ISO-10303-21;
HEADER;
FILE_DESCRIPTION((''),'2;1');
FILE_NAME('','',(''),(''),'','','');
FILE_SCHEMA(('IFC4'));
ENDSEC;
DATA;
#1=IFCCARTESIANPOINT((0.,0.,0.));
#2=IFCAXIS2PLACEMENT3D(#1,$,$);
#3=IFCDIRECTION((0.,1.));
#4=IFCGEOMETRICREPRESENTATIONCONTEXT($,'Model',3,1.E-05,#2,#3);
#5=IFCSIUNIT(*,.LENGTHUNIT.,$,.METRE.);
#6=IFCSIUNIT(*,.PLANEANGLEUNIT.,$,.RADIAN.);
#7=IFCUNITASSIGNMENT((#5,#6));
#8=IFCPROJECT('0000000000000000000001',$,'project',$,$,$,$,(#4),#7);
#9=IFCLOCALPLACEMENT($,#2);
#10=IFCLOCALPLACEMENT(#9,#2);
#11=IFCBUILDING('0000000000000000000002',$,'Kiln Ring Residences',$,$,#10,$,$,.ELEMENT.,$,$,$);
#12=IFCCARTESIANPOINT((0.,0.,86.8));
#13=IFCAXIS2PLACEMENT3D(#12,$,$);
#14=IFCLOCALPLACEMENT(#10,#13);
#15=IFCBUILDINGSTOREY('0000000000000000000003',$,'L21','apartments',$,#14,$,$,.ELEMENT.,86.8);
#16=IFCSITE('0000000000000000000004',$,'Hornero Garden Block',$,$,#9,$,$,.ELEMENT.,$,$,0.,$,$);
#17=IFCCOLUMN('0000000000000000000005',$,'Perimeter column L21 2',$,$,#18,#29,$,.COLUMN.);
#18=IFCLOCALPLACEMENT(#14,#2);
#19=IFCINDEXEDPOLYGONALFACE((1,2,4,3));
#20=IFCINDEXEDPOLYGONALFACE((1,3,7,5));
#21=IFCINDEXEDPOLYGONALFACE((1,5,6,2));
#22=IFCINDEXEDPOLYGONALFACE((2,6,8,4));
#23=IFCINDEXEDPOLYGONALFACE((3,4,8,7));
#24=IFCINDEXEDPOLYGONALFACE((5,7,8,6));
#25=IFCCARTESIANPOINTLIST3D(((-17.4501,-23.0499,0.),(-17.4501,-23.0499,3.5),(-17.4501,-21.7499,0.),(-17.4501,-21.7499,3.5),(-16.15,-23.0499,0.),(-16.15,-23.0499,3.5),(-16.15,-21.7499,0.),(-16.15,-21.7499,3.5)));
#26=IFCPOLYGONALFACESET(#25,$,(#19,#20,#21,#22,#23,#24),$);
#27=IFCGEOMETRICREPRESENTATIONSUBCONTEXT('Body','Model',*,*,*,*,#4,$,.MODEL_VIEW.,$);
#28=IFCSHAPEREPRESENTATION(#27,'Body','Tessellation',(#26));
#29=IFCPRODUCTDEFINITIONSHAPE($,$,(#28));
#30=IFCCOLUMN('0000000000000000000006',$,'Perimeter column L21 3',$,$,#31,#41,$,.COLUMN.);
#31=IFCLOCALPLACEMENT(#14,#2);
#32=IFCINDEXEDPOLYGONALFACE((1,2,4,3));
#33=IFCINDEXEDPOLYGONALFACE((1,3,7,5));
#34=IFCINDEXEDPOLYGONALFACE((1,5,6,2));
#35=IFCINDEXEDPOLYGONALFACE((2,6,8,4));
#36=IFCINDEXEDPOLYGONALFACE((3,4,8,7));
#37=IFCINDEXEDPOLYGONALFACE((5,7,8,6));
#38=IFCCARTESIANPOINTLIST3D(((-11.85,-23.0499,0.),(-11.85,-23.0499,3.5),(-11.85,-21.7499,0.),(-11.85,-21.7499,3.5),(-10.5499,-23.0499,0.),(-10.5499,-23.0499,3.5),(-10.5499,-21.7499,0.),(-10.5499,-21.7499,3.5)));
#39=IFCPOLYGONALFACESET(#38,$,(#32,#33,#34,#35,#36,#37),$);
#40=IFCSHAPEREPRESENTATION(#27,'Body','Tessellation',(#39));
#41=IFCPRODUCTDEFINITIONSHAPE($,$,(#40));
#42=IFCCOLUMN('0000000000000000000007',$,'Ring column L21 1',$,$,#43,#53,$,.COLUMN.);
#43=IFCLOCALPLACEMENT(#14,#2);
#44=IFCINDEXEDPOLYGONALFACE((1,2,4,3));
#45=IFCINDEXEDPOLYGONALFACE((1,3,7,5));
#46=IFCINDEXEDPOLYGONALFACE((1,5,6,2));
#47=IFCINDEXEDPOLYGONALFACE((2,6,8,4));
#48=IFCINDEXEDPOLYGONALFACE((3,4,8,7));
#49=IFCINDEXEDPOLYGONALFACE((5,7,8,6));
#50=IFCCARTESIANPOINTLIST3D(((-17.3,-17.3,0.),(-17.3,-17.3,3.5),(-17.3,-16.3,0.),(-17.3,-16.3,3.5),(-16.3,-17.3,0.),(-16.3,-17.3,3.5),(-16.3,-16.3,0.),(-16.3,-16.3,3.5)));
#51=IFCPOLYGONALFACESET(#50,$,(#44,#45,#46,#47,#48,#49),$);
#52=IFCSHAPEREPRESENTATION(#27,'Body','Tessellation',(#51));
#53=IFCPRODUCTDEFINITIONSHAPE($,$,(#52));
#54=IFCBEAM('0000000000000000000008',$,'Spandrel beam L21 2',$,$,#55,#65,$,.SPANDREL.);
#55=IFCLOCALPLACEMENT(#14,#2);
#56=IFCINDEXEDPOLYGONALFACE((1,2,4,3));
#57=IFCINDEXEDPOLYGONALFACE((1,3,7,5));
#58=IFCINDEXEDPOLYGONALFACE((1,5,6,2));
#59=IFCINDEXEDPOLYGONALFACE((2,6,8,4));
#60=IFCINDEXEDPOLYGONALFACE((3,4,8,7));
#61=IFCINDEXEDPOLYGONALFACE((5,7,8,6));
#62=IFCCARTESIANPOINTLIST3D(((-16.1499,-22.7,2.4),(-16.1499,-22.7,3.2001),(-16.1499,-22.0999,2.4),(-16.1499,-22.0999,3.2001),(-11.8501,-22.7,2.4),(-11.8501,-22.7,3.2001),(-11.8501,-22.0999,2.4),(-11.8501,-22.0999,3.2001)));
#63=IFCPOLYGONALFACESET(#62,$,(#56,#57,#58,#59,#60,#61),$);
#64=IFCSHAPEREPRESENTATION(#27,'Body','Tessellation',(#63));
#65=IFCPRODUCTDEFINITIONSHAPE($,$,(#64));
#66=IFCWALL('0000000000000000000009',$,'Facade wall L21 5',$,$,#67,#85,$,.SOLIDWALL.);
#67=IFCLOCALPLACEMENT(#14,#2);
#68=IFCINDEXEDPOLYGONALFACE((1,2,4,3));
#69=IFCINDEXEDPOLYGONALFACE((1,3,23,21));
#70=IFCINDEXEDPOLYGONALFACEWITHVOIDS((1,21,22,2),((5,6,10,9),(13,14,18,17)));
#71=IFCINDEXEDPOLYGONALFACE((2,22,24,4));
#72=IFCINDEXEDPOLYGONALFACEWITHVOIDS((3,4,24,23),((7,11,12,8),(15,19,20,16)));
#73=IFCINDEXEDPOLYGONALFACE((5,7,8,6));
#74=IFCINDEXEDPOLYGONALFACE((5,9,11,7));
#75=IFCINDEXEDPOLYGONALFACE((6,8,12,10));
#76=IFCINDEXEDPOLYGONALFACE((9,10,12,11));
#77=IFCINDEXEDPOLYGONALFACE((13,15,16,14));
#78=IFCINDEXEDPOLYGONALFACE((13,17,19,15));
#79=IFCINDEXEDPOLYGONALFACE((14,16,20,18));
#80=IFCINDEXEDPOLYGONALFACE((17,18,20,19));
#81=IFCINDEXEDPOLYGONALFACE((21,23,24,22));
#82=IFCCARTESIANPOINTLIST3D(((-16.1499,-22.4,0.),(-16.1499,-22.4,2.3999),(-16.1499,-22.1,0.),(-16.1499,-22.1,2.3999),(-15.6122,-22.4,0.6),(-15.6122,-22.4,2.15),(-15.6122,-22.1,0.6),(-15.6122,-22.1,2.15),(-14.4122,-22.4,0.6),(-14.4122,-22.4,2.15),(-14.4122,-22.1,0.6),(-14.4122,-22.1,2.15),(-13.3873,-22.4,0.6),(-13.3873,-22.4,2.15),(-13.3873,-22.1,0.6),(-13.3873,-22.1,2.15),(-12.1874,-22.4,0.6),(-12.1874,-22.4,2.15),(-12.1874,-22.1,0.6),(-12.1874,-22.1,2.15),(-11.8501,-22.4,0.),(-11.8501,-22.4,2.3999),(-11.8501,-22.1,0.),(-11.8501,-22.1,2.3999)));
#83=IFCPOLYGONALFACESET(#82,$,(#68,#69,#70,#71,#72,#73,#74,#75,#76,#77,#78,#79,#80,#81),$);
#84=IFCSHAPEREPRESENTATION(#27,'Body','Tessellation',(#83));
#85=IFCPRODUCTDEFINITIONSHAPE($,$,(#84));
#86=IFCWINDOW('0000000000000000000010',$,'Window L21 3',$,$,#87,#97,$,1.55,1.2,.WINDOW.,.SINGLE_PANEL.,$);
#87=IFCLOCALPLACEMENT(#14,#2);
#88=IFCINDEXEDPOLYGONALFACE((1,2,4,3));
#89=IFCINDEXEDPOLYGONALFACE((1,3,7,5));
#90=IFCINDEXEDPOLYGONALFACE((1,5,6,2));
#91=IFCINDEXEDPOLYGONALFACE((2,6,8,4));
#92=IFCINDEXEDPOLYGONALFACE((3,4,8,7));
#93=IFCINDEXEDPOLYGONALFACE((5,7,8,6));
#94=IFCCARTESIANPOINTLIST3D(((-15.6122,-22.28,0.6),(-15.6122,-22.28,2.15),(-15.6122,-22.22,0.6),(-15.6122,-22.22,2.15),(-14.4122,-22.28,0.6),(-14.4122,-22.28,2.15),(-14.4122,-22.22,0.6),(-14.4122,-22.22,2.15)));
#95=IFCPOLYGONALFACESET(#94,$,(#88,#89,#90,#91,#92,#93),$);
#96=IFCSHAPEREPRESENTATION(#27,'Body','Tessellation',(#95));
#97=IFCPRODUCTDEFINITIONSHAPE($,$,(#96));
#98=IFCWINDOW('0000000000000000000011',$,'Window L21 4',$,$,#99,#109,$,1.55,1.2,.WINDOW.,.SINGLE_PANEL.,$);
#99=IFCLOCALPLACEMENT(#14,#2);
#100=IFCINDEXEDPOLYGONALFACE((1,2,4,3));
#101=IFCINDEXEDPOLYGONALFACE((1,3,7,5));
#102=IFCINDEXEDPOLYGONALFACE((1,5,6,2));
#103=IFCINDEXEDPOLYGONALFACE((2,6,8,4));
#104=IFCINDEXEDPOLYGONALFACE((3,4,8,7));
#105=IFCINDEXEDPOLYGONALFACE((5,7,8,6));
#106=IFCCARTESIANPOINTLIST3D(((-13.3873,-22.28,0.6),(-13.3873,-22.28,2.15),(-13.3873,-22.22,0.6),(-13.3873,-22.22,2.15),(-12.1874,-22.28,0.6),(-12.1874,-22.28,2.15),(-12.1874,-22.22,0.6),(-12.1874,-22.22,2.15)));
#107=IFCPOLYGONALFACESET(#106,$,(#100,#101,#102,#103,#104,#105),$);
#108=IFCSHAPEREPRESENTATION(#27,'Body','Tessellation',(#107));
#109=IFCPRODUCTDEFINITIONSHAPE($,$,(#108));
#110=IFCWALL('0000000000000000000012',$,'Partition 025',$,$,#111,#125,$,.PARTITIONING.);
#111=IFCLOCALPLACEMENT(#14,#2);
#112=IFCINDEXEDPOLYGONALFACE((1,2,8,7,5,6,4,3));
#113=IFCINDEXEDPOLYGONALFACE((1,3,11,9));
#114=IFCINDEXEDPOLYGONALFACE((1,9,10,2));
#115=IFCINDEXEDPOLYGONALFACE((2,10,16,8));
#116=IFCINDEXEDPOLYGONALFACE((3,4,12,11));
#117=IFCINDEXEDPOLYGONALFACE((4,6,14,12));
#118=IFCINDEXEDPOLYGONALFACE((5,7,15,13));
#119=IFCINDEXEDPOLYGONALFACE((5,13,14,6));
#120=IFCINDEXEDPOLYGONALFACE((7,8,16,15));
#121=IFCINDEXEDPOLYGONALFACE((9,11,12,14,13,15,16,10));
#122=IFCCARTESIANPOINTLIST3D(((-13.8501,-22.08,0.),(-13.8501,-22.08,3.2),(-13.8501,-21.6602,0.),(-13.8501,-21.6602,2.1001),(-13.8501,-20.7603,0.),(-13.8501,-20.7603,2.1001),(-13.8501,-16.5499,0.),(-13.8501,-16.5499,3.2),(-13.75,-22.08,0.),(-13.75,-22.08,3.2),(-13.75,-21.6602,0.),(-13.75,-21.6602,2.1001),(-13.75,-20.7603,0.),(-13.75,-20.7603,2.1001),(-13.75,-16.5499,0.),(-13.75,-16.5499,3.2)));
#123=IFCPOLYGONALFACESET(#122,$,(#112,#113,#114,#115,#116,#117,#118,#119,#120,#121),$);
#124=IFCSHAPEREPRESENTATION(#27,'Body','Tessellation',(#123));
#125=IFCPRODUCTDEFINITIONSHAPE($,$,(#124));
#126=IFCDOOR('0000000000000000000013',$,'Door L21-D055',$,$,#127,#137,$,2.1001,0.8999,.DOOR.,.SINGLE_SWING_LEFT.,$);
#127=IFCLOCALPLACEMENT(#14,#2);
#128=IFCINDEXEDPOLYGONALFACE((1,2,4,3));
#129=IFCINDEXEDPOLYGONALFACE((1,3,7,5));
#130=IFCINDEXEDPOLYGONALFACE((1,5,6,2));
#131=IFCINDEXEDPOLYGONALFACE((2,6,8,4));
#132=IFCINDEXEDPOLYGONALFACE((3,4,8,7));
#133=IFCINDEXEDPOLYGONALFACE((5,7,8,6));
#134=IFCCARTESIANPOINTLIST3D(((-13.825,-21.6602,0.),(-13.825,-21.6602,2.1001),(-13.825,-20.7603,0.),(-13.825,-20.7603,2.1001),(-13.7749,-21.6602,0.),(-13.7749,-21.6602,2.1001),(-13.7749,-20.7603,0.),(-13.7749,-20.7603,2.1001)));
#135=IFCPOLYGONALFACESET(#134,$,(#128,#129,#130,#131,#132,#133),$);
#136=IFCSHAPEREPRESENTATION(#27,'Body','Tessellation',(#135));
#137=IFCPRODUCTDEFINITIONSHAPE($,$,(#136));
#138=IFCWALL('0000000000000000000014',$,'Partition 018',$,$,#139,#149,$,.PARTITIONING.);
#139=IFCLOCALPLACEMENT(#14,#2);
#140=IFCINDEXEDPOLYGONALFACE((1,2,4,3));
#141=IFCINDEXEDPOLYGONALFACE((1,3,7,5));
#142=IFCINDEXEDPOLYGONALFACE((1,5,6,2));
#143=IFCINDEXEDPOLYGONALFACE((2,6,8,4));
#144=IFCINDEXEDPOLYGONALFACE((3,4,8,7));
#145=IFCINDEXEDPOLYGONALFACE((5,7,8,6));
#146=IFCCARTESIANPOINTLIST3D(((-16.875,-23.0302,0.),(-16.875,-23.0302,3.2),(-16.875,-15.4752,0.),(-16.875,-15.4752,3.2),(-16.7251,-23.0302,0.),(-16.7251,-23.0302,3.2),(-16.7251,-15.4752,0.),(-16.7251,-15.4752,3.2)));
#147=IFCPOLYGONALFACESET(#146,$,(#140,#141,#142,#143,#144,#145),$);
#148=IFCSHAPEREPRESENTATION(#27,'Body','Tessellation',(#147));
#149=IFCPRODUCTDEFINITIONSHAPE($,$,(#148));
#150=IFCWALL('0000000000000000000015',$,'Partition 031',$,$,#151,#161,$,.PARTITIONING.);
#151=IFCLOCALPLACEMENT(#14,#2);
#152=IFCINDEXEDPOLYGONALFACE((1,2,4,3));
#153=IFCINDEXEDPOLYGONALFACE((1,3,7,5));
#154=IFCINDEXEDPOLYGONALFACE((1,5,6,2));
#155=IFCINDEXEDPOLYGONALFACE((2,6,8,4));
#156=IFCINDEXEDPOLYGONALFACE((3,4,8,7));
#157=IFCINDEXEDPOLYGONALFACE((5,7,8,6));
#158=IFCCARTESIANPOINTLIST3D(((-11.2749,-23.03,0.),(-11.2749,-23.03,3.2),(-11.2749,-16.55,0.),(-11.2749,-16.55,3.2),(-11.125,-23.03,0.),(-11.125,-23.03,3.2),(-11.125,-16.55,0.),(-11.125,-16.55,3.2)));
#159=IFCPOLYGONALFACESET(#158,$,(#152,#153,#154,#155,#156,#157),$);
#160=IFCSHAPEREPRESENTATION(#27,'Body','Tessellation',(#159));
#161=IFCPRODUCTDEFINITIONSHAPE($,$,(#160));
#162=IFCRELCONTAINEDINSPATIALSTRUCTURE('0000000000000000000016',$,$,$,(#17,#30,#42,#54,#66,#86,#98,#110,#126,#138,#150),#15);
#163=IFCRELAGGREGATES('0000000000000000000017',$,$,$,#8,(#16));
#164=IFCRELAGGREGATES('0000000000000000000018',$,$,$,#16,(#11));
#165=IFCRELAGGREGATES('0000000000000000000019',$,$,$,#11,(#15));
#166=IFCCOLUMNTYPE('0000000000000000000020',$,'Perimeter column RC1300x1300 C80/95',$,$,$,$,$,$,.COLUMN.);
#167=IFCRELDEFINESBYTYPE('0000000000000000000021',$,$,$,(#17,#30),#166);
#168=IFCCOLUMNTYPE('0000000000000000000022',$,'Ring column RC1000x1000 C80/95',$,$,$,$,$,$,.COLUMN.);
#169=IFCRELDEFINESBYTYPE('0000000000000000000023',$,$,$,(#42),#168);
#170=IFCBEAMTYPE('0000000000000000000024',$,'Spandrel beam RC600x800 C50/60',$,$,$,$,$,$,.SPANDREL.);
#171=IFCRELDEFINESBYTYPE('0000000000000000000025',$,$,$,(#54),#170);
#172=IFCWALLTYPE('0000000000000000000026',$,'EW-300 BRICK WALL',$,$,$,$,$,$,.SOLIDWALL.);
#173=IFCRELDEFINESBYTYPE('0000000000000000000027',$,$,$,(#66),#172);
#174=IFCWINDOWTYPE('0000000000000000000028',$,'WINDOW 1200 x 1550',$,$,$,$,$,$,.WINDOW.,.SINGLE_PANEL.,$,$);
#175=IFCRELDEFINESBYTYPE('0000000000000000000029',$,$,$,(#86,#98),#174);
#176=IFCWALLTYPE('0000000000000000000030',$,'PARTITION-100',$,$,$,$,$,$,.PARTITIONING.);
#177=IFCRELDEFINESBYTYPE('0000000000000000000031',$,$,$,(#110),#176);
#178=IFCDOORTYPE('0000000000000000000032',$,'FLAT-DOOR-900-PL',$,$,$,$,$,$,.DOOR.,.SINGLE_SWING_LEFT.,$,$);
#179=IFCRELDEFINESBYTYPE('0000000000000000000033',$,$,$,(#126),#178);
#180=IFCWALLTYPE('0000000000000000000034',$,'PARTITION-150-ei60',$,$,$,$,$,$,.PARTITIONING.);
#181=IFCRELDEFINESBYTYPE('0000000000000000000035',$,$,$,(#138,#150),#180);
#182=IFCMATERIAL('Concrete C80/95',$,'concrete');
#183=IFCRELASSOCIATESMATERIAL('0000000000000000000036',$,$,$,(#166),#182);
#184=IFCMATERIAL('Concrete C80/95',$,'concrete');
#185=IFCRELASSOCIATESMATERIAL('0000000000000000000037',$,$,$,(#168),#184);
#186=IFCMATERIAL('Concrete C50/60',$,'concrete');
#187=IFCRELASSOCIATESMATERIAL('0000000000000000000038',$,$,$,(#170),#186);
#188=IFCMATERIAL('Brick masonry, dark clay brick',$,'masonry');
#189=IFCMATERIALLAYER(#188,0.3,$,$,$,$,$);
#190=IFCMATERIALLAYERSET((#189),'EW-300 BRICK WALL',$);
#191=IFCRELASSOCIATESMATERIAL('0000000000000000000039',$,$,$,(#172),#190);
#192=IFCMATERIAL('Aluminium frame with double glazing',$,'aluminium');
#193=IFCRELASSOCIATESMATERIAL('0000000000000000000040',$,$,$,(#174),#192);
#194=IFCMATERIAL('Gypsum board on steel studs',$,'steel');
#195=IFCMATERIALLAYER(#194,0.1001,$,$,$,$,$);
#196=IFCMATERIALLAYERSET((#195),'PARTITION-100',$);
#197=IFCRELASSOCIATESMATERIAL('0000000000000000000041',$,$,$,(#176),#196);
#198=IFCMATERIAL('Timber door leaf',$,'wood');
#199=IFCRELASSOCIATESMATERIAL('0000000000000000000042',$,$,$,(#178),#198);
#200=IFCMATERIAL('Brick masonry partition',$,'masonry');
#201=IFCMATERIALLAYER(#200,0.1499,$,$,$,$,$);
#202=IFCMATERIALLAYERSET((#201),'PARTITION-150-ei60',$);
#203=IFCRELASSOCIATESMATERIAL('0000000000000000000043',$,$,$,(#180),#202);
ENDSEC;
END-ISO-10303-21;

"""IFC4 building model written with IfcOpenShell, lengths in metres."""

from ifc_helpers import new_model, si_unit, direction, frame, frame_2d, origin, origin_2d, place, context, subcontext, project, spatial, rectangle, extrude, material, layer, layer_set, material_profile, profile_set, type_object, element, fill, save


model = new_model("IFC4")

# Units and contexts
model_context = context("Model", 3, precision=1e-05, world=origin(), true_north=direction((0.0, 1.0)))
body_context = subcontext(model_context, "Body", "Model", "MODEL_VIEW")
ifc_project = project(units=[si_unit("LENGTHUNIT", "METRE"), si_unit("PLANEANGLEUNIT", "RADIAN")], contexts=[model_context])

# Site, building, storey
site_placement = place(None, origin())
site = spatial("IfcSite", under=ifc_project, at=site_placement, Name="Hornero Garden Block", CompositionType="ELEMENT", RefElevation=0.0)
building_placement = place(site_placement, origin())
building = spatial("IfcBuilding", under=site, at=building_placement, Name="Kiln Ring Residences", CompositionType="ELEMENT")
storey_placement = place(building_placement, frame((0.0, 0.0, 86.8)))
storey = spatial("IfcBuildingStorey", under=building, at=storey_placement, Name="L21", Description="apartments", CompositionType="ELEMENT", Elevation=86.8)

# Columns
ifc_material_1 = material(Name="Concrete C80/95", Category="concrete")
ifc_material_profile_1 = material_profile(ifc_material_1, rectangle(XDim=1.3, YDim=1.3, at=origin_2d()), Name="RC1300x1300")
ifc_profile_set_1 = profile_set([ifc_material_profile_1], Name="Concrete C80/95")
column_type_1 = type_object("IfcColumnType", Name="Perimeter column RC1300x1300 C80/95", PredefinedType="COLUMN", material=ifc_profile_set_1)
for number, where, z_axis, x_axis, name in (
    (1, (-16.8, -22.3999, 0.0), (0.0, 0.0, 1.0), (1.0, 0.0, 0.0), "Perimeter column L21 2"),
    (2, (-11.2, -22.3999, 0.0), (0.0, 0.0, 1.0), (1.0, 0.0, 0.0), "Perimeter column L21 3"),
):
    element("IfcColumn", number, at=place(storey_placement, frame(where, z_axis=z_axis, x_axis=x_axis)), inside=storey, type_object=column_type_1, Name=name, PredefinedType="COLUMN", context=body_context, shape_type="SweptSolid", body=[
        extrude(rectangle(XDim=1.3, YDim=1.3, at=origin_2d()), origin(), (0.0, 0.0, 1.0), 3.5),
    ])
ifc_material_2 = material(Name="Concrete C80/95", Category="concrete")
ifc_material_profile_2 = material_profile(ifc_material_2, rectangle(XDim=1.0, YDim=1.0, at=origin_2d()), Name="RC1000x1000")
ifc_profile_set_2 = profile_set([ifc_material_profile_2], Name="Concrete C80/95")
column_type_2 = type_object("IfcColumnType", Name="Ring column RC1000x1000 C80/95", PredefinedType="COLUMN", material=ifc_profile_set_2)
column_placement = place(storey_placement, frame((-16.8, -16.8, 0.0), z_axis=(0.0, 0.0, 1.0), x_axis=(1.0, 0.0, 0.0)))
element("IfcColumn", 3, at=column_placement, inside=storey, type_object=column_type_2, Name="Ring column L21 1", PredefinedType="COLUMN", context=body_context, shape_type="SweptSolid", body=[
    extrude(rectangle(XDim=1.0, YDim=1.0, at=origin_2d()), origin(), (0.0, 0.0, 1.0), 3.5),
])

# Beam
ifc_material_3 = material(Name="Concrete C50/60", Category="concrete")
ifc_material_profile_3 = material_profile(ifc_material_3, rectangle(XDim=0.6001, YDim=0.8, at=origin_2d()), Name="RC600x800")
ifc_profile_set_3 = profile_set([ifc_material_profile_3], Name="Concrete C50/60")
beam_type = type_object("IfcBeamType", Name="Spandrel beam RC600x800 C50/60", PredefinedType="SPANDREL", material=ifc_profile_set_3)
beam_placement = place(storey_placement, frame((-16.1499, -22.3999, 2.8), z_axis=(1.0, 0.0, 0.0), x_axis=(0.0, 1.0, 0.0)))
element("IfcBeam", 4, at=beam_placement, inside=storey, type_object=beam_type, Name="Spandrel beam L21 2", PredefinedType="SPANDREL", context=body_context, shape_type="SweptSolid", body=[
    extrude(rectangle(XDim=0.6001, YDim=0.8, at=origin_2d()), origin(), (0.0, 0.0, 1.0), 4.2998),
])

# Wall, openings, windows
ifc_material_4 = material(Name="Brick masonry, dark clay brick", Category="masonry")
ifc_layer_1 = layer(ifc_material_4, 0.3)
ifc_layer_set_1 = layer_set([ifc_layer_1], Name="EW-300 BRICK WALL")
wall_type_1 = type_object("IfcWallType", Name="EW-300 BRICK WALL", PredefinedType="SOLIDWALL", material=ifc_layer_set_1)
wall_1_placement = place(storey_placement, frame((-16.1499, -22.25, 0.0), z_axis=(0.0, 0.0, 1.0), x_axis=(1.0, 0.0, 0.0)))
wall_1 = element("IfcWall", 5, at=wall_1_placement, inside=storey, type_object=wall_type_1, Name="Facade wall L21 5", PredefinedType="SOLIDWALL", context=body_context, shape_type="SweptSolid", body=[
    extrude(rectangle(XDim=4.2998, YDim=0.3, at=frame_2d((2.1499, 0.0))), origin(), (0.0, 0.0, 1.0), 2.3999),
])
opening_1_placement = place(wall_1_placement, frame((0.5376, 0.0, 0.6001)))
opening_1 = element("IfcOpeningElement", 6, at=opening_1_placement, cuts=wall_1, PredefinedType="OPENING", context=body_context, shape_type="SweptSolid", body=[
    extrude(rectangle(XDim=1.2, YDim=1.55, at=frame_2d((0.6001, 0.7749))), frame((0.0, 0.1599, 0.0), z_axis=(0.0, -1.0, 0.0), x_axis=(1.0, 0.0, 0.0)), (0.0, 0.0, 1.0), 0.3201),
])
opening_2_placement = place(wall_1_placement, frame((2.7625, 0.0, 0.6001)))
opening_2 = element("IfcOpeningElement", 7, at=opening_2_placement, cuts=wall_1, PredefinedType="OPENING", context=body_context, shape_type="SweptSolid", body=[
    extrude(rectangle(XDim=1.2, YDim=1.55, at=frame_2d((0.6001, 0.7749))), frame((0.0, 0.1599, 0.0), z_axis=(0.0, -1.0, 0.0), x_axis=(1.0, 0.0, 0.0)), (0.0, 0.0, 1.0), 0.3201),
])
ifc_material_5 = material(Name="Aluminium frame with double glazing", Category="aluminium")
window_type = type_object("IfcWindowType", Name="WINDOW 1200 x 1550", PartitioningType="SINGLE_PANEL", PredefinedType="WINDOW", material=ifc_material_5)
window_1_placement = place(opening_1_placement, origin())
window_1 = element("IfcWindow", 8, at=window_1_placement, inside=storey, type_object=window_type, Name="Window L21 3", OverallHeight=1.55, OverallWidth=1.2, PartitioningType="SINGLE_PANEL", PredefinedType="WINDOW", context=body_context, shape_type="SweptSolid", body=[
    extrude(rectangle(XDim=1.2, YDim=1.55, at=frame_2d((0.6001, 0.7749))), frame((0.0, 0.03, 0.0), z_axis=(0.0, -1.0, 0.0), x_axis=(1.0, 0.0, 0.0)), (0.0, 0.0, 1.0), 0.0601),
])
fill(opening_1, window_1)
window_2_placement = place(opening_2_placement, origin())
window_2 = element("IfcWindow", 9, at=window_2_placement, inside=storey, type_object=window_type, Name="Window L21 4", OverallHeight=1.55, OverallWidth=1.2, PartitioningType="SINGLE_PANEL", PredefinedType="WINDOW", context=body_context, shape_type="SweptSolid", body=[
    extrude(rectangle(XDim=1.2, YDim=1.55, at=frame_2d((0.6001, 0.7749))), frame((0.0, 0.03, 0.0), z_axis=(0.0, -1.0, 0.0), x_axis=(1.0, 0.0, 0.0)), (0.0, 0.0, 1.0), 0.0601),
])
fill(opening_2, window_2)

# Shared definitions
ifc_material_6 = material(Name="Gypsum board on steel studs", Category="steel")
ifc_layer_2 = layer(ifc_material_6, 0.1001)
ifc_layer_set_2 = layer_set([ifc_layer_2], Name="PARTITION-100")
wall_type_2 = type_object("IfcWallType", Name="PARTITION-100", PredefinedType="PARTITIONING", material=ifc_layer_set_2)
ifc_material_7 = material(Name="Timber door leaf", Category="wood")
door_type_1 = type_object("IfcDoorType", Name="FLAT-DOOR-900-PL", OperationType="SINGLE_SWING_LEFT", PredefinedType="DOOR", material=ifc_material_7)

# Wall, opening, door
wall_2_placement = place(storey_placement, frame((-13.8, -22.0801, 0.0), z_axis=(0.0, 0.0, 1.0), x_axis=(0.0, 1.0, 0.0)))
wall_2 = element("IfcWall", 10, at=wall_2_placement, inside=storey, type_object=wall_type_2, Name="Partition 025", PredefinedType="PARTITIONING", context=body_context, shape_type="SweptSolid", body=[
    extrude(rectangle(XDim=5.53, YDim=0.1001, at=frame_2d((2.7651, 0.0))), origin(), (0.0, 0.0, 1.0), 3.2),
])
opening_3_placement = place(wall_2_placement, frame((0.4199, 0.0, 0.0)))
opening_3 = element("IfcOpeningElement", 11, at=opening_3_placement, cuts=wall_2, PredefinedType="OPENING", context=body_context, shape_type="SweptSolid", body=[
    extrude(rectangle(XDim=0.8999, YDim=2.1001, at=frame_2d((0.45, 1.05))), frame((0.0, 0.0601, 0.0), z_axis=(0.0, -1.0, 0.0), x_axis=(1.0, 0.0, 0.0)), (0.0, 0.0, 1.0), 0.1201),
])
door_1_placement = place(opening_3_placement, origin())
door_1 = element("IfcDoor", 12, at=door_1_placement, inside=storey, type_object=door_type_1, Name="Door L21-D055", OperationType="SINGLE_SWING_LEFT", OverallHeight=2.1001, OverallWidth=0.8999, PredefinedType="DOOR", context=body_context, shape_type="SweptSolid", body=[
    extrude(rectangle(XDim=0.8999, YDim=2.1001, at=frame_2d((0.45, 1.05))), frame((0.0, 0.0249, 0.0), z_axis=(0.0, -1.0, 0.0), x_axis=(1.0, 0.0, 0.0)), (0.0, 0.0, 1.0), 0.05),
])
fill(opening_3, door_1)

# Walls
ifc_material_8 = material(Name="Brick masonry partition", Category="masonry")
ifc_layer_3 = layer(ifc_material_8, 0.1499)
ifc_layer_set_3 = layer_set([ifc_layer_3], Name="PARTITION-150-ei60")
wall_type_3 = type_object("IfcWallType", Name="PARTITION-150-ei60", PredefinedType="PARTITIONING", material=ifc_layer_set_3)
wall_3_placement = place(storey_placement, frame((-16.8, -23.03, 0.0), z_axis=(0.0, 0.0, 1.0), x_axis=(0.0, 1.0, 0.0)))
element("IfcWall", 13, at=wall_3_placement, inside=storey, type_object=wall_type_3, Name="Partition 018", PredefinedType="PARTITIONING", context=body_context, shape_type="SweptSolid", body=[
    extrude(rectangle(XDim=7.5549, YDim=0.1499, at=frame_2d((3.7773, 0.0))), origin(), (0.0, 0.0, 1.0), 3.2),
])
wall_4_placement = place(storey_placement, frame((-11.2, -23.03, 0.0), z_axis=(0.0, 0.0, 1.0), x_axis=(0.0, 1.0, 0.0)))
element("IfcWall", 14, at=wall_4_placement, inside=storey, type_object=wall_type_3, Name="Partition 031", PredefinedType="PARTITIONING", context=body_context, shape_type="SweptSolid", body=[
    extrude(rectangle(XDim=6.48, YDim=0.1499, at=frame_2d((3.24, 0.0))), origin(), (0.0, 0.0, 1.0), 3.2),
])

save(model, "model.ifc")
